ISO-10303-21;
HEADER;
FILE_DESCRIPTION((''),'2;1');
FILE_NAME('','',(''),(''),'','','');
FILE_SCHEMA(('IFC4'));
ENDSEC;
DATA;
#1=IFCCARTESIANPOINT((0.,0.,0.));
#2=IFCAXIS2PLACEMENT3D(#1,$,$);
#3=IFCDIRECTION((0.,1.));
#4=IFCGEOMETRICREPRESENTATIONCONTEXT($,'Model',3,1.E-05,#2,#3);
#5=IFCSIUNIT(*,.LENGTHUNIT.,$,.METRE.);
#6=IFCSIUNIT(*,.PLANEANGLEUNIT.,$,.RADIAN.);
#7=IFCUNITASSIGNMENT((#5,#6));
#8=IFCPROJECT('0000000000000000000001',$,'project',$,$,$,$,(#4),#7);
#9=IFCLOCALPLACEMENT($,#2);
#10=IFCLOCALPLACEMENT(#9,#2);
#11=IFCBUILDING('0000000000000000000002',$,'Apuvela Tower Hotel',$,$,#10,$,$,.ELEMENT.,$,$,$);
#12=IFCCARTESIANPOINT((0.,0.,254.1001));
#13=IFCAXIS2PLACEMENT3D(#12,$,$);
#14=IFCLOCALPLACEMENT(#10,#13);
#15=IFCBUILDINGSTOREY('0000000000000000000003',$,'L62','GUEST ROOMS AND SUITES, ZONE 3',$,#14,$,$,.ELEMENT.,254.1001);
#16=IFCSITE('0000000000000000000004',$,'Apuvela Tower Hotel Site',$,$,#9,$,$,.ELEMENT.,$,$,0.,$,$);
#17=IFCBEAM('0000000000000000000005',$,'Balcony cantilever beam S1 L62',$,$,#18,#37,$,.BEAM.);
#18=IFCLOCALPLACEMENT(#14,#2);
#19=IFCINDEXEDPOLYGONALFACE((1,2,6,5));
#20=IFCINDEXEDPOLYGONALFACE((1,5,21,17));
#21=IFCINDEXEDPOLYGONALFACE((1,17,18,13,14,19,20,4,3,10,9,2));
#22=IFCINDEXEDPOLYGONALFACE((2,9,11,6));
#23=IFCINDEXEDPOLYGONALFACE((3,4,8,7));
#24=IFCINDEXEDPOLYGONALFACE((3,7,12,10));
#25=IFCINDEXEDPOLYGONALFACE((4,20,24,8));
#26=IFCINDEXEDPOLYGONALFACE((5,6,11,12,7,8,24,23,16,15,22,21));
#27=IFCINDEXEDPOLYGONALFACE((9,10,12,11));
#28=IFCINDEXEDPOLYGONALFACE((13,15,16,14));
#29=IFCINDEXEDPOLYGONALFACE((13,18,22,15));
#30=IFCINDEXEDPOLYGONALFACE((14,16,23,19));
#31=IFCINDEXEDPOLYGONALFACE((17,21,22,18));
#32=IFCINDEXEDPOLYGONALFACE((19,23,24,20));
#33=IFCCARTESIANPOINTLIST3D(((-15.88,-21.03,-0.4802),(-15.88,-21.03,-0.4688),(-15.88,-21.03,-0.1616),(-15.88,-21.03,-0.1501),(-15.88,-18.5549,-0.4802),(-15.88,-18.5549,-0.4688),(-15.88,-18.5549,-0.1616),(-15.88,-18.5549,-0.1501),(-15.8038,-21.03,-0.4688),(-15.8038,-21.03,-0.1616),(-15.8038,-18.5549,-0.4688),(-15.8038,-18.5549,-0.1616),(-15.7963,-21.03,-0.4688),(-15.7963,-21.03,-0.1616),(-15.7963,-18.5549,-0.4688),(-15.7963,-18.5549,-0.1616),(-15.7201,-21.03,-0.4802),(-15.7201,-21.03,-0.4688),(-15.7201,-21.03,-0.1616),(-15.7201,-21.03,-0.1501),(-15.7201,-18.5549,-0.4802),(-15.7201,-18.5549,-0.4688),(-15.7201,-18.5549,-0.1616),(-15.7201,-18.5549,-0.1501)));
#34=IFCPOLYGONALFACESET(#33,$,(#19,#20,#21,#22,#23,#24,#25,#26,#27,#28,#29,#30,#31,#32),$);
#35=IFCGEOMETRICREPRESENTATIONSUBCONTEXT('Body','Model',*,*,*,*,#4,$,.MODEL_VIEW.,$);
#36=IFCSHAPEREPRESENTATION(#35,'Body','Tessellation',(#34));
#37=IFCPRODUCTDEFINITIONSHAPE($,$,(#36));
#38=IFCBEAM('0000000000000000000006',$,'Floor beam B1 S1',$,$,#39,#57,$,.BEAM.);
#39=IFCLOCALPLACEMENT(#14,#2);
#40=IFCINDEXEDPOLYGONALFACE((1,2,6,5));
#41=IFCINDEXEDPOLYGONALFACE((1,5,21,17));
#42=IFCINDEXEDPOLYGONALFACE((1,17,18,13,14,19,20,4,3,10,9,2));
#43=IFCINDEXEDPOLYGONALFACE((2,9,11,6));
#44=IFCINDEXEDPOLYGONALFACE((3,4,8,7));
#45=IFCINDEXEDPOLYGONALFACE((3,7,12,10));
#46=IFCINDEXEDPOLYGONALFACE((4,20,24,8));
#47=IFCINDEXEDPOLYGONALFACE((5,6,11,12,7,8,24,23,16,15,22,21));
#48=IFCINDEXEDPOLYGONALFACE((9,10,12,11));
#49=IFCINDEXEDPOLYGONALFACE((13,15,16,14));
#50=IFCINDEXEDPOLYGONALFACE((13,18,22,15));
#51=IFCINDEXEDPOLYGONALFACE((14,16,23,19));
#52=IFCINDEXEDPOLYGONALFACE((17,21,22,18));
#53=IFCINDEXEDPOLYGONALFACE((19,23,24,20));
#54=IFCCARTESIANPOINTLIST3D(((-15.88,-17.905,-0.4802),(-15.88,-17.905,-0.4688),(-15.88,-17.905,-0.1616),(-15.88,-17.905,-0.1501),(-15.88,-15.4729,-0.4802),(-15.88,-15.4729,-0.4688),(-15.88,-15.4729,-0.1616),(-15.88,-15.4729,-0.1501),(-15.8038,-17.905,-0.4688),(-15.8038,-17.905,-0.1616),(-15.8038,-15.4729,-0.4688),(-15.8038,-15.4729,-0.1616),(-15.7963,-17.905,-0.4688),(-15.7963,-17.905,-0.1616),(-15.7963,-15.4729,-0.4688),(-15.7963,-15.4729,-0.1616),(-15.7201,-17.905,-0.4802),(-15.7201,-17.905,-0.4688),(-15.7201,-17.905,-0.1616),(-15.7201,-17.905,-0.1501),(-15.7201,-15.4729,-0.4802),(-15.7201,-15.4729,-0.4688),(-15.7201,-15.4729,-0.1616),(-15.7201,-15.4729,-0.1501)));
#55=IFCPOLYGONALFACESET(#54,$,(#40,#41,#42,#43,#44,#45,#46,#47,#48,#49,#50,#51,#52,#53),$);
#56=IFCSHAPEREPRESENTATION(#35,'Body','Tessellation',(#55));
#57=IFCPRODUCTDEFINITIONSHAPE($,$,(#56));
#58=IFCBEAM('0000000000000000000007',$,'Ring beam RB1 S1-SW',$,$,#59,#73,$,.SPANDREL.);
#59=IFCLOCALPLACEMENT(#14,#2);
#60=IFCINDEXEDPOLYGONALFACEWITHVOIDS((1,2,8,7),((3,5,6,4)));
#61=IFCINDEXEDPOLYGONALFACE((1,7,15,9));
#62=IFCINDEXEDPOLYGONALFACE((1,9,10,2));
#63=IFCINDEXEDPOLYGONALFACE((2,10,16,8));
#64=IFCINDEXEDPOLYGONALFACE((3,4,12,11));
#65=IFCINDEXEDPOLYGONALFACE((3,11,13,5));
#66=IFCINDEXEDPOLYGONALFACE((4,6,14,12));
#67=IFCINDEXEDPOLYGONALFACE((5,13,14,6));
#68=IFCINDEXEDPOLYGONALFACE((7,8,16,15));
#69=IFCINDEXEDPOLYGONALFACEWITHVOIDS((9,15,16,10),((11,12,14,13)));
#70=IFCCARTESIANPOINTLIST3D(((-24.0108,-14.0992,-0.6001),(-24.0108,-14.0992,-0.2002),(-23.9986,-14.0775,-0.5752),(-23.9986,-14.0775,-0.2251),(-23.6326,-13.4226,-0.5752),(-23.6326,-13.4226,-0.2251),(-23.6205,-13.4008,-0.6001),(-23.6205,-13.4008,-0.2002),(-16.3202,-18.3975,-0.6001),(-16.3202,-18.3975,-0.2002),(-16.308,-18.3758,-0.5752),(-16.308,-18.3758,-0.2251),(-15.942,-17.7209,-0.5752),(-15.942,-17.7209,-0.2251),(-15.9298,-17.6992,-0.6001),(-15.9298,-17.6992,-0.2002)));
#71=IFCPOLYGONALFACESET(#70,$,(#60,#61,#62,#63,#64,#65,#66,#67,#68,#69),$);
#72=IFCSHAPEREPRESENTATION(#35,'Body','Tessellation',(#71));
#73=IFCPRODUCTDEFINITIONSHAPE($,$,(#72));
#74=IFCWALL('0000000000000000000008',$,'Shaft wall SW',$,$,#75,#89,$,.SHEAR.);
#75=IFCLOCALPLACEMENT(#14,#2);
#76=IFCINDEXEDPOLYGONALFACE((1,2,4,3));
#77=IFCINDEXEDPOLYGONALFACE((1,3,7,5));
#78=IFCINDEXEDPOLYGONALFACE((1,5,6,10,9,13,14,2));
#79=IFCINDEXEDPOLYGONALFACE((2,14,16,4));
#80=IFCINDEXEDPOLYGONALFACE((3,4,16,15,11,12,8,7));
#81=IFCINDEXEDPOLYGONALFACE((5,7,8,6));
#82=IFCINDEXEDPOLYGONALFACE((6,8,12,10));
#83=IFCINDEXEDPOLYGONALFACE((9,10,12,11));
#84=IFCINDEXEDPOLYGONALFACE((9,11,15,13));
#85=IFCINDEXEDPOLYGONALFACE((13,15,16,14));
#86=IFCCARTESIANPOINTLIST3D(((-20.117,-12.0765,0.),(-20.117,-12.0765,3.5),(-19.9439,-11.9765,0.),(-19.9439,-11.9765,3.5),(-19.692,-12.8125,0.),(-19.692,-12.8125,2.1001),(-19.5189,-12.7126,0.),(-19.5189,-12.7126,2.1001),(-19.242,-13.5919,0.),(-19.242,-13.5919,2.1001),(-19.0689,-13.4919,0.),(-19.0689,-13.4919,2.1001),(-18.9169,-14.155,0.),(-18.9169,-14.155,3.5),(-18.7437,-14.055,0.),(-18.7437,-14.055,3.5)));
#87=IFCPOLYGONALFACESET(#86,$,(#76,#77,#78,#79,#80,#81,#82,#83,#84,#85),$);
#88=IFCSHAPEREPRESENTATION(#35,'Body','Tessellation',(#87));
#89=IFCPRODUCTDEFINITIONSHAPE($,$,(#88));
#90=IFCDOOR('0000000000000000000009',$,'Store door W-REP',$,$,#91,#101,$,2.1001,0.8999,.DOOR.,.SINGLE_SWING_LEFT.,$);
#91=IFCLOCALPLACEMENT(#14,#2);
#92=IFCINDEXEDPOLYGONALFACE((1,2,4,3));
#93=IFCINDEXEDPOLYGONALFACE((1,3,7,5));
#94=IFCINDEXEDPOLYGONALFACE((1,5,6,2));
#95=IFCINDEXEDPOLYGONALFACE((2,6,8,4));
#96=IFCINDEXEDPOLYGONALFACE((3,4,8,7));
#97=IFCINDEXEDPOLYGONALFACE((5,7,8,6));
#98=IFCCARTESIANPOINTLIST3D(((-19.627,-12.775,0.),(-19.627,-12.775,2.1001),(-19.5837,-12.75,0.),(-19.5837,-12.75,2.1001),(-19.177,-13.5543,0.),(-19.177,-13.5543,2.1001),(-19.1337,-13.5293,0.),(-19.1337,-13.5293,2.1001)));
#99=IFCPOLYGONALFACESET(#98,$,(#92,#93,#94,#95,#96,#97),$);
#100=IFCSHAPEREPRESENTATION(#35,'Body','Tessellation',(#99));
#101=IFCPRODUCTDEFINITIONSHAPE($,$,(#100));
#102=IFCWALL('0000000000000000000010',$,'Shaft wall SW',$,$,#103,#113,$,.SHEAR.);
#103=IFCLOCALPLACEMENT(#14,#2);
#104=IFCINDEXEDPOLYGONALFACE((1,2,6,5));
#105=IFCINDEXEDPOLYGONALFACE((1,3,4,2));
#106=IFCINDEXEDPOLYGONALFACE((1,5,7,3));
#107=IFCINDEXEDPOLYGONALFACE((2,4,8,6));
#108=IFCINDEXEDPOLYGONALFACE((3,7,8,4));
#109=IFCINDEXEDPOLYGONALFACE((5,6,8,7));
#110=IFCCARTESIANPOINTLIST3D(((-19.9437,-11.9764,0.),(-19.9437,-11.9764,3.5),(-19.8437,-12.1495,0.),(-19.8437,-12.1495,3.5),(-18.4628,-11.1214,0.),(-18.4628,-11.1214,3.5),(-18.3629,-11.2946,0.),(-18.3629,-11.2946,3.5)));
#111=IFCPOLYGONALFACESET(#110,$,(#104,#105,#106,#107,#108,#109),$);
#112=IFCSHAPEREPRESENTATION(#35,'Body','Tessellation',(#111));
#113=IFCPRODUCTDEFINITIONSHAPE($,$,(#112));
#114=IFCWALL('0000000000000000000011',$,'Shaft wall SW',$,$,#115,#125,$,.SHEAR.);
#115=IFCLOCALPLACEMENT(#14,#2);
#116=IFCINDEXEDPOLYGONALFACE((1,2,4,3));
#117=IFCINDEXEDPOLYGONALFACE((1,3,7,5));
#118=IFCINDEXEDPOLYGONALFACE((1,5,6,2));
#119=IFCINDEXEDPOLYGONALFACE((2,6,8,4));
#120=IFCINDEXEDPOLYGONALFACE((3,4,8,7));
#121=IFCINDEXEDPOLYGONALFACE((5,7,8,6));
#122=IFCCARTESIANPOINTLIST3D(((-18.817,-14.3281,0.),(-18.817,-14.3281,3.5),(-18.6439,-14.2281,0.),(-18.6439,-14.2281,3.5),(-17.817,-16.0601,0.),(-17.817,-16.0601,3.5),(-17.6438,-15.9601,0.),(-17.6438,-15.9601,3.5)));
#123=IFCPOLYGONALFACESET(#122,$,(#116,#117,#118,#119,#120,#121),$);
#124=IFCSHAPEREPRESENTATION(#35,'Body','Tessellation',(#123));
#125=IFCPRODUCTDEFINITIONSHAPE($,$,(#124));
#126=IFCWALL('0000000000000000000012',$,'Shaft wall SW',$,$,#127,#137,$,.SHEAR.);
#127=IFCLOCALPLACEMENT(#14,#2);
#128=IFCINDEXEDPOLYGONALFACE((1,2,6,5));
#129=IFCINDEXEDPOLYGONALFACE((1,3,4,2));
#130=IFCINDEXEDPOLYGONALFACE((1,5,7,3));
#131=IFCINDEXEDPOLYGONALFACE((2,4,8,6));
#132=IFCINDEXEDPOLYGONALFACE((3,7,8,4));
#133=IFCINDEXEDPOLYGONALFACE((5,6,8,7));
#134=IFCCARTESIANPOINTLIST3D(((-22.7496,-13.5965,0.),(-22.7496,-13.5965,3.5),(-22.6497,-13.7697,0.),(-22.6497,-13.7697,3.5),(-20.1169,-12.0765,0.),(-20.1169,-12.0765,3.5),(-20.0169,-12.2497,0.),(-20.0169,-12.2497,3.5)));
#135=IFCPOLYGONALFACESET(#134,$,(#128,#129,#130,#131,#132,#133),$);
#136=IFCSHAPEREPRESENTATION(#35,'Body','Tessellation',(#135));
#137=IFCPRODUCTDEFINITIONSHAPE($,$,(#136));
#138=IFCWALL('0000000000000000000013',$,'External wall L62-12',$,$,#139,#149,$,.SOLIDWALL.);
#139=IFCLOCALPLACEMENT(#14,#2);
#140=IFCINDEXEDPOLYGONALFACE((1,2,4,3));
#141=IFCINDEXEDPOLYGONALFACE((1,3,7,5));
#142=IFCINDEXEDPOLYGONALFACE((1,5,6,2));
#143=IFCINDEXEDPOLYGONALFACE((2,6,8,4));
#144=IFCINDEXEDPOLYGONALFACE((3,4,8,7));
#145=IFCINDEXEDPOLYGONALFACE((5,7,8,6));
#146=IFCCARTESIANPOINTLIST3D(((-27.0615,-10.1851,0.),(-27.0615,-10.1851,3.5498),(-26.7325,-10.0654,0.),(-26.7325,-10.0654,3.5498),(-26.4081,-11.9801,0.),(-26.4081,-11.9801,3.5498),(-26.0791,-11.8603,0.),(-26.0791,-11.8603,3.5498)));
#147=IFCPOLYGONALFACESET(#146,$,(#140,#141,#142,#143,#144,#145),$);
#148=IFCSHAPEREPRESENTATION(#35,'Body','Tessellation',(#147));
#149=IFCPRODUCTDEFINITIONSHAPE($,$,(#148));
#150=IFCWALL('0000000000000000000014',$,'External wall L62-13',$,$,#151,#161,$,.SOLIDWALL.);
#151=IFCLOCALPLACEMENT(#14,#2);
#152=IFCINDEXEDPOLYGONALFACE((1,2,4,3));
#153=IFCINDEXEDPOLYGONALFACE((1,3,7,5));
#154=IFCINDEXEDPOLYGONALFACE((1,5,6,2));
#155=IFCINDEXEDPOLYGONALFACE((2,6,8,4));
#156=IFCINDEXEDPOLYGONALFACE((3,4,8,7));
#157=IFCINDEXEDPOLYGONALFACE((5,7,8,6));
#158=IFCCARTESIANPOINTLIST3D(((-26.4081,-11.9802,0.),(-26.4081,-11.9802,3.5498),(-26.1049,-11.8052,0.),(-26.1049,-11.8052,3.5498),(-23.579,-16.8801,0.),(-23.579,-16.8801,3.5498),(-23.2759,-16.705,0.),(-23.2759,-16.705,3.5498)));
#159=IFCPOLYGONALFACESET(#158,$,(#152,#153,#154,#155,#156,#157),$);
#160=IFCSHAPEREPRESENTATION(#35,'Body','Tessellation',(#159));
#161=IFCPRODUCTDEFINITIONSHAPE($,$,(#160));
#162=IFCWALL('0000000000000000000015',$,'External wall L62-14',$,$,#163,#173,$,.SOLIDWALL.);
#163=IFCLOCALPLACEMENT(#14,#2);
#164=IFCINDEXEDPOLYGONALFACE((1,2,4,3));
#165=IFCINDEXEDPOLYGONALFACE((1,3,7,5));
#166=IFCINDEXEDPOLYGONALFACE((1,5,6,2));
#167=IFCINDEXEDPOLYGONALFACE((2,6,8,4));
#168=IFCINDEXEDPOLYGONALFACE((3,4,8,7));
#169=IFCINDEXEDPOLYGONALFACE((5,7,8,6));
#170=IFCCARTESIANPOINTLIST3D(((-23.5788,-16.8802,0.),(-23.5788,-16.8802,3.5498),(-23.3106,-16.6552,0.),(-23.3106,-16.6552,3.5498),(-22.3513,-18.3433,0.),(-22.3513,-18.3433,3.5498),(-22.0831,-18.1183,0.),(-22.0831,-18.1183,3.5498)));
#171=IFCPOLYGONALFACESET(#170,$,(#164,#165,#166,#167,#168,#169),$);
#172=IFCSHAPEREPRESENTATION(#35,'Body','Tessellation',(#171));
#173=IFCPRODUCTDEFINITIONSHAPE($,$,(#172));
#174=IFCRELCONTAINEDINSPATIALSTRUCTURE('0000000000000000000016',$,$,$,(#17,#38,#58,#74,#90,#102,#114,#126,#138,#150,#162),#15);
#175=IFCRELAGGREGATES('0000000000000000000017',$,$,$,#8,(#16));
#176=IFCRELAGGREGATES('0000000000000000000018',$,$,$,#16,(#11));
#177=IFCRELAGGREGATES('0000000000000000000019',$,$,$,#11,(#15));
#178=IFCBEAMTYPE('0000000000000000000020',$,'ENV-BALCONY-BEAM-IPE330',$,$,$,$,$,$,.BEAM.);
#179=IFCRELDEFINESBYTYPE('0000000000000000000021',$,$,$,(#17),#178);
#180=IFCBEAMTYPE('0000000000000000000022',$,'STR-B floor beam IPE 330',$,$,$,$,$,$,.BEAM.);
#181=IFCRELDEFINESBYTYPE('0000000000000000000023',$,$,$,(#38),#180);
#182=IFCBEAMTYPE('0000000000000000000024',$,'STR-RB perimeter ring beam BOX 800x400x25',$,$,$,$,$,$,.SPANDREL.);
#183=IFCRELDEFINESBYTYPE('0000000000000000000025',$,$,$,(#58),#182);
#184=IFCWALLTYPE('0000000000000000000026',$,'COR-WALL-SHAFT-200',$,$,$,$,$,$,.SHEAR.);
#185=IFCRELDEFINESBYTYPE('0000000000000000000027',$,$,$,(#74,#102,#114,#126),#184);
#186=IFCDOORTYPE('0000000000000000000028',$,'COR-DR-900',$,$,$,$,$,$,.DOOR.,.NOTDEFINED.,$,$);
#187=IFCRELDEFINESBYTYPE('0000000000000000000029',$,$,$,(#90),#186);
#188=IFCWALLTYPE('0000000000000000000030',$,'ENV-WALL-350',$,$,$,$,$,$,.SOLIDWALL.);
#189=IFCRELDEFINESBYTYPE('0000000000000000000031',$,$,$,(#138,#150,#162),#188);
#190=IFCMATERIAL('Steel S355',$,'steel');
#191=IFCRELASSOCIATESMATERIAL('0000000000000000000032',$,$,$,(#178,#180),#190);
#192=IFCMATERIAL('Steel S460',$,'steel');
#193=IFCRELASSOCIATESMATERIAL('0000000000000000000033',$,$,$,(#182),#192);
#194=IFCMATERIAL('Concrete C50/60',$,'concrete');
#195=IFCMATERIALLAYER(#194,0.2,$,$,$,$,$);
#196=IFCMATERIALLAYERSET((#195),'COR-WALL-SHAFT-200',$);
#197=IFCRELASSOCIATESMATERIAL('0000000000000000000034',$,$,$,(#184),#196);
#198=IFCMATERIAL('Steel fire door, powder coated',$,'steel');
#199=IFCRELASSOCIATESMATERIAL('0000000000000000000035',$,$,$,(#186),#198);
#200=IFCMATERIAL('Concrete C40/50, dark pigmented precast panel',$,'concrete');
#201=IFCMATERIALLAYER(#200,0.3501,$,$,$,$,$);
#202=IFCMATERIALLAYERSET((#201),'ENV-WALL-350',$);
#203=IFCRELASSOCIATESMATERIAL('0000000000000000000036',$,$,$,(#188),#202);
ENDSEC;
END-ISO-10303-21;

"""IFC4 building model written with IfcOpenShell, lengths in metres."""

from ifc_helpers import new_model, si_unit, direction, frame, frame_2d, origin, origin_2d, place, context, subcontext, project, spatial, rectangle, hollow_rectangle, i_section, extrude, material, layer, layer_set, material_profile, profile_set, type_object, element, fill, save


model = new_model("IFC4")

# Units and contexts
model_context = context("Model", 3, precision=1e-05, world=origin(), true_north=direction((0.0, 1.0)))
body_context = subcontext(model_context, "Body", "Model", "MODEL_VIEW")
ifc_project = project(units=[si_unit("LENGTHUNIT", "METRE"), si_unit("PLANEANGLEUNIT", "RADIAN")], contexts=[model_context])

# Site, building, storey
site_placement = place(None, origin())
site = spatial("IfcSite", under=ifc_project, at=site_placement, Name="Apuvela Tower Hotel Site", CompositionType="ELEMENT", RefElevation=0.0)
building_placement = place(site_placement, origin())
building = spatial("IfcBuilding", under=site, at=building_placement, Name="Apuvela Tower Hotel", CompositionType="ELEMENT")
storey_placement = place(building_placement, frame((0.0, 0.0, 254.1001)))
storey = spatial("IfcBuildingStorey", under=building, at=storey_placement, Name="L62", Description="GUEST ROOMS AND SUITES, ZONE 3", CompositionType="ELEMENT", Elevation=254.1001)

# Shared definitions
ifc_material_1 = material(Name="Steel S460", Category="steel")

# Beams
ifc_material_2 = material(Name="Steel S355", Category="steel")
ifc_material_profile_1 = material_profile(ifc_material_2, i_section(OverallWidth=0.1599, OverallDepth=0.3301, WebThickness=0.0076, FlangeThickness=0.0115, at=origin_2d()), Name="IPE 330")
ifc_profile_set_1 = profile_set([ifc_material_profile_1], Name="Steel S355")
beam_type_1 = type_object("IfcBeamType", Name="ENV-BALCONY-BEAM-IPE330", PredefinedType="BEAM", material=ifc_profile_set_1)
beam_1_placement = place(storey_placement, frame((-15.8, -18.5549, -0.3152), z_axis=(0.0, -1.0, 0.0), x_axis=(1.0, 0.0, 0.0)))
element("IfcBeam", 1, at=beam_1_placement, inside=storey, type_object=beam_type_1, Name="Balcony cantilever beam S1 L62", PredefinedType="BEAM", context=body_context, shape_type="SweptSolid", body=[
    extrude(i_section(OverallWidth=0.1599, OverallDepth=0.3301, WebThickness=0.0076, FlangeThickness=0.0115, at=origin_2d()), origin(), (0.0, 0.0, 1.0), 2.4751),
])
ifc_material_profile_2 = material_profile(ifc_material_2, i_section(OverallWidth=0.1599, OverallDepth=0.3301, WebThickness=0.0076, FlangeThickness=0.0115, at=origin_2d()), Name="IPE 330")
ifc_profile_set_2 = profile_set([ifc_material_profile_2], Name="Steel S355")
beam_type_2 = type_object("IfcBeamType", Name="STR-B floor beam IPE 330", PredefinedType="BEAM", material=ifc_profile_set_2)
beam_2_placement = place(storey_placement, frame((-15.8, -17.905, -0.3152), z_axis=(0.0, 1.0, 0.0), x_axis=(-1.0, 0.0, 0.0)))
element("IfcBeam", 2, at=beam_2_placement, inside=storey, type_object=beam_type_2, Name="Floor beam B1 S1", PredefinedType="BEAM", context=body_context, shape_type="SweptSolid", body=[
    extrude(i_section(OverallWidth=0.1599, OverallDepth=0.3301, WebThickness=0.0076, FlangeThickness=0.0115, at=origin_2d()), origin(), (0.0, 0.0, 1.0), 2.4321),
])
ifc_material_profile_3 = material_profile(ifc_material_1, hollow_rectangle(XDim=0.8, YDim=0.3999, WallThickness=0.0249, at=origin_2d()), Name="BOX 800x400x25")
ifc_profile_set_3 = profile_set([ifc_material_profile_3], Name="Steel S460")
beam_type_3 = type_object("IfcBeamType", Name="STR-RB perimeter ring beam BOX 800x400x25", PredefinedType="SPANDREL", material=ifc_profile_set_3)
beam_3_placement = place(storey_placement, frame((-16.125, -18.0483, -0.4001), z_axis=(-0.872914, 0.487874, 0.0), x_axis=(-0.487874, -0.872914, 0.0)))
element("IfcBeam", 3, at=beam_3_placement, inside=storey, type_object=beam_type_3, Name="Ring beam RB1 S1-SW", PredefinedType="SPANDREL", context=body_context, shape_type="SweptSolid", body=[
    extrude(hollow_rectangle(XDim=0.8, YDim=0.3999, WallThickness=0.0249, at=origin_2d()), origin(), (0.0, 0.0, 1.0), 8.8103),
])

# Wall, opening, door
ifc_material_3 = material(Name="Concrete C50/60", Category="concrete")
ifc_layer_1 = layer(ifc_material_3, 0.2)
ifc_layer_set_1 = layer_set([ifc_layer_1], Name="COR-WALL-SHAFT-200")
wall_type_1 = type_object("IfcWallType", Name="COR-WALL-SHAFT-200", PredefinedType="SHEAR", material=ifc_layer_set_1)
wall_1_placement = place(storey_placement, frame((-20.0305, -12.0264, 0.0), z_axis=(0.0, 0.0, 1.0), x_axis=(0.500034, -0.866006, 0.0)))
wall_1 = element("IfcWall", 4, at=wall_1_placement, inside=storey, type_object=wall_type_1, Name="Shaft wall SW", PredefinedType="SHEAR", context=body_context, shape_type="SweptSolid", body=[
    extrude(rectangle(XDim=2.4001, YDim=0.2, at=frame_2d((1.2002, 0.0))), origin(), (0.0, 0.0, 1.0), 3.5),
])
opening_1_placement = place(wall_1_placement, frame((0.8501, 0.0, 0.0)))
opening_1 = element("IfcOpeningElement", 5, at=opening_1_placement, cuts=wall_1, PredefinedType="OPENING", context=body_context, shape_type="SweptSolid", body=[
    extrude(rectangle(XDim=0.8999, YDim=2.1001, at=frame_2d((0.45, 1.05))), frame((0.0, 0.1099, 0.0), z_axis=(0.0, -1.0, 0.0), x_axis=(1.0, 0.0, 0.0)), (0.0, 0.0, 1.0), 0.22),
])
ifc_material_4 = material(Name="Steel fire door, powder coated", Category="steel")
door_type_1 = type_object("IfcDoorType", Name="COR-DR-900", OperationType="NOTDEFINED", PredefinedType="DOOR", material=ifc_material_4)
door_1_placement = place(opening_1_placement, frame((0.8999, 0.0, 0.0), z_axis=(0.0, 0.0, 1.0), x_axis=(-1.0, 0.0, 0.0)))
door_1 = element("IfcDoor", 6, at=door_1_placement, inside=storey, type_object=door_type_1, Name="Store door W-REP", OperationType="SINGLE_SWING_LEFT", OverallHeight=2.1001, OverallWidth=0.8999, PredefinedType="DOOR", context=body_context, shape_type="SweptSolid", body=[
    extrude(rectangle(XDim=0.8999, YDim=2.1001, at=frame_2d((0.45, 1.05))), frame((0.0, 0.0249, 0.0), z_axis=(0.0, -1.0, 0.0), x_axis=(1.0, 0.0, 0.0)), (0.0, 0.0, 1.0), 0.05),
])
fill(opening_1, door_1)

# Walls
wall_2_placement = place(storey_placement, frame((-18.4128, -11.208, 0.0), z_axis=(0.0, 0.0, 1.0), x_axis=(-0.866038, -0.499978, 0.0)))
element("IfcWall", 7, at=wall_2_placement, inside=storey, type_object=wall_type_1, Name="Shaft wall SW", PredefinedType="SHEAR", context=body_context, shape_type="SweptSolid", body=[
    extrude(rectangle(XDim=1.71, YDim=0.2, at=frame_2d((0.855, 0.0))), origin(), (0.0, 0.0, 1.0), 3.5),
])
wall_3_placement = place(storey_placement, frame((-18.7305, -14.2781, 0.0), z_axis=(0.0, 0.0, 1.0), x_axis=(0.500025, -0.866011, 0.0)))
element("IfcWall", 8, at=wall_3_placement, inside=storey, type_object=wall_type_1, Name="Shaft wall SW", PredefinedType="SHEAR", context=body_context, shape_type="SweptSolid", body=[
    extrude(rectangle(XDim=2.0, YDim=0.2, at=frame_2d((1.0, 0.0))), origin(), (0.0, 0.0, 1.0), 3.5),
])
wall_4_placement = place(storey_placement, frame((-20.0669, -12.1631, 0.0), z_axis=(0.0, 0.0, 1.0), x_axis=(-0.86603, -0.499991, 0.0)))
element("IfcWall", 9, at=wall_4_placement, inside=storey, type_object=wall_type_1, Name="Shaft wall SW", PredefinedType="SHEAR", context=body_context, shape_type="SweptSolid", body=[
    extrude(rectangle(XDim=3.04, YDim=0.2, at=frame_2d((1.52, 0.0))), origin(), (0.0, 0.0, 1.0), 3.5),
])
ifc_material_5 = material(Name="Concrete C40/50, dark pigmented precast panel", Category="concrete")
ifc_layer_2 = layer(ifc_material_5, 0.3501)
ifc_layer_set_2 = layer_set([ifc_layer_2], Name="ENV-WALL-350")
wall_type_2 = type_object("IfcWallType", Name="ENV-WALL-350", PredefinedType="SOLIDWALL", material=ifc_layer_set_2)
wall_5_placement = place(storey_placement, frame((-26.897, -10.1252, 0.0), z_axis=(0.0, 0.0, 1.0), x_axis=(0.34203, -0.939689, 0.0)))
element("IfcWall", 10, at=wall_5_placement, inside=storey, type_object=wall_type_2, Name="External wall L62-12", PredefinedType="SOLIDWALL", context=body_context, shape_type="SweptSolid", body=[
    extrude(rectangle(XDim=1.9102, YDim=0.3501, at=frame_2d((0.9551, 0.0))), origin(), (0.0, 0.0, 1.0), 3.5498),
])
wall_6_placement = place(storey_placement, frame((-26.2566, -11.8926, 0.0), z_axis=(0.0, 0.0, 1.0), x_axis=(0.500019, -0.866015, 0.0)))
element("IfcWall", 11, at=wall_6_placement, inside=storey, type_object=wall_type_2, Name="External wall L62-13", PredefinedType="SOLIDWALL", context=body_context, shape_type="SweptSolid", body=[
    extrude(rectangle(XDim=5.658, YDim=0.3501, at=frame_2d((2.8291, 0.0))), origin(), (0.0, 0.0, 1.0), 3.5498),
])
for number, where, z_axis, x_axis, name in (
    (12, (-23.4448, -16.7676, 0.0), (0.0, 0.0, 1.0), (0.642733, -0.76609, 0.0), "External wall L62-14"),
):
    element("IfcWall", number, at=place(storey_placement, frame(where, z_axis=z_axis, x_axis=x_axis)), inside=storey, type_object=wall_type_2, Name=name, PredefinedType="SOLIDWALL", context=body_context, shape_type="SweptSolid", body=[
        extrude(rectangle(XDim=1.9099, YDim=0.3501, at=frame_2d((0.9551, 0.0))), origin(), (0.0, 0.0, 1.0), 3.5498),
    ])

save(model, "model.ifc")
